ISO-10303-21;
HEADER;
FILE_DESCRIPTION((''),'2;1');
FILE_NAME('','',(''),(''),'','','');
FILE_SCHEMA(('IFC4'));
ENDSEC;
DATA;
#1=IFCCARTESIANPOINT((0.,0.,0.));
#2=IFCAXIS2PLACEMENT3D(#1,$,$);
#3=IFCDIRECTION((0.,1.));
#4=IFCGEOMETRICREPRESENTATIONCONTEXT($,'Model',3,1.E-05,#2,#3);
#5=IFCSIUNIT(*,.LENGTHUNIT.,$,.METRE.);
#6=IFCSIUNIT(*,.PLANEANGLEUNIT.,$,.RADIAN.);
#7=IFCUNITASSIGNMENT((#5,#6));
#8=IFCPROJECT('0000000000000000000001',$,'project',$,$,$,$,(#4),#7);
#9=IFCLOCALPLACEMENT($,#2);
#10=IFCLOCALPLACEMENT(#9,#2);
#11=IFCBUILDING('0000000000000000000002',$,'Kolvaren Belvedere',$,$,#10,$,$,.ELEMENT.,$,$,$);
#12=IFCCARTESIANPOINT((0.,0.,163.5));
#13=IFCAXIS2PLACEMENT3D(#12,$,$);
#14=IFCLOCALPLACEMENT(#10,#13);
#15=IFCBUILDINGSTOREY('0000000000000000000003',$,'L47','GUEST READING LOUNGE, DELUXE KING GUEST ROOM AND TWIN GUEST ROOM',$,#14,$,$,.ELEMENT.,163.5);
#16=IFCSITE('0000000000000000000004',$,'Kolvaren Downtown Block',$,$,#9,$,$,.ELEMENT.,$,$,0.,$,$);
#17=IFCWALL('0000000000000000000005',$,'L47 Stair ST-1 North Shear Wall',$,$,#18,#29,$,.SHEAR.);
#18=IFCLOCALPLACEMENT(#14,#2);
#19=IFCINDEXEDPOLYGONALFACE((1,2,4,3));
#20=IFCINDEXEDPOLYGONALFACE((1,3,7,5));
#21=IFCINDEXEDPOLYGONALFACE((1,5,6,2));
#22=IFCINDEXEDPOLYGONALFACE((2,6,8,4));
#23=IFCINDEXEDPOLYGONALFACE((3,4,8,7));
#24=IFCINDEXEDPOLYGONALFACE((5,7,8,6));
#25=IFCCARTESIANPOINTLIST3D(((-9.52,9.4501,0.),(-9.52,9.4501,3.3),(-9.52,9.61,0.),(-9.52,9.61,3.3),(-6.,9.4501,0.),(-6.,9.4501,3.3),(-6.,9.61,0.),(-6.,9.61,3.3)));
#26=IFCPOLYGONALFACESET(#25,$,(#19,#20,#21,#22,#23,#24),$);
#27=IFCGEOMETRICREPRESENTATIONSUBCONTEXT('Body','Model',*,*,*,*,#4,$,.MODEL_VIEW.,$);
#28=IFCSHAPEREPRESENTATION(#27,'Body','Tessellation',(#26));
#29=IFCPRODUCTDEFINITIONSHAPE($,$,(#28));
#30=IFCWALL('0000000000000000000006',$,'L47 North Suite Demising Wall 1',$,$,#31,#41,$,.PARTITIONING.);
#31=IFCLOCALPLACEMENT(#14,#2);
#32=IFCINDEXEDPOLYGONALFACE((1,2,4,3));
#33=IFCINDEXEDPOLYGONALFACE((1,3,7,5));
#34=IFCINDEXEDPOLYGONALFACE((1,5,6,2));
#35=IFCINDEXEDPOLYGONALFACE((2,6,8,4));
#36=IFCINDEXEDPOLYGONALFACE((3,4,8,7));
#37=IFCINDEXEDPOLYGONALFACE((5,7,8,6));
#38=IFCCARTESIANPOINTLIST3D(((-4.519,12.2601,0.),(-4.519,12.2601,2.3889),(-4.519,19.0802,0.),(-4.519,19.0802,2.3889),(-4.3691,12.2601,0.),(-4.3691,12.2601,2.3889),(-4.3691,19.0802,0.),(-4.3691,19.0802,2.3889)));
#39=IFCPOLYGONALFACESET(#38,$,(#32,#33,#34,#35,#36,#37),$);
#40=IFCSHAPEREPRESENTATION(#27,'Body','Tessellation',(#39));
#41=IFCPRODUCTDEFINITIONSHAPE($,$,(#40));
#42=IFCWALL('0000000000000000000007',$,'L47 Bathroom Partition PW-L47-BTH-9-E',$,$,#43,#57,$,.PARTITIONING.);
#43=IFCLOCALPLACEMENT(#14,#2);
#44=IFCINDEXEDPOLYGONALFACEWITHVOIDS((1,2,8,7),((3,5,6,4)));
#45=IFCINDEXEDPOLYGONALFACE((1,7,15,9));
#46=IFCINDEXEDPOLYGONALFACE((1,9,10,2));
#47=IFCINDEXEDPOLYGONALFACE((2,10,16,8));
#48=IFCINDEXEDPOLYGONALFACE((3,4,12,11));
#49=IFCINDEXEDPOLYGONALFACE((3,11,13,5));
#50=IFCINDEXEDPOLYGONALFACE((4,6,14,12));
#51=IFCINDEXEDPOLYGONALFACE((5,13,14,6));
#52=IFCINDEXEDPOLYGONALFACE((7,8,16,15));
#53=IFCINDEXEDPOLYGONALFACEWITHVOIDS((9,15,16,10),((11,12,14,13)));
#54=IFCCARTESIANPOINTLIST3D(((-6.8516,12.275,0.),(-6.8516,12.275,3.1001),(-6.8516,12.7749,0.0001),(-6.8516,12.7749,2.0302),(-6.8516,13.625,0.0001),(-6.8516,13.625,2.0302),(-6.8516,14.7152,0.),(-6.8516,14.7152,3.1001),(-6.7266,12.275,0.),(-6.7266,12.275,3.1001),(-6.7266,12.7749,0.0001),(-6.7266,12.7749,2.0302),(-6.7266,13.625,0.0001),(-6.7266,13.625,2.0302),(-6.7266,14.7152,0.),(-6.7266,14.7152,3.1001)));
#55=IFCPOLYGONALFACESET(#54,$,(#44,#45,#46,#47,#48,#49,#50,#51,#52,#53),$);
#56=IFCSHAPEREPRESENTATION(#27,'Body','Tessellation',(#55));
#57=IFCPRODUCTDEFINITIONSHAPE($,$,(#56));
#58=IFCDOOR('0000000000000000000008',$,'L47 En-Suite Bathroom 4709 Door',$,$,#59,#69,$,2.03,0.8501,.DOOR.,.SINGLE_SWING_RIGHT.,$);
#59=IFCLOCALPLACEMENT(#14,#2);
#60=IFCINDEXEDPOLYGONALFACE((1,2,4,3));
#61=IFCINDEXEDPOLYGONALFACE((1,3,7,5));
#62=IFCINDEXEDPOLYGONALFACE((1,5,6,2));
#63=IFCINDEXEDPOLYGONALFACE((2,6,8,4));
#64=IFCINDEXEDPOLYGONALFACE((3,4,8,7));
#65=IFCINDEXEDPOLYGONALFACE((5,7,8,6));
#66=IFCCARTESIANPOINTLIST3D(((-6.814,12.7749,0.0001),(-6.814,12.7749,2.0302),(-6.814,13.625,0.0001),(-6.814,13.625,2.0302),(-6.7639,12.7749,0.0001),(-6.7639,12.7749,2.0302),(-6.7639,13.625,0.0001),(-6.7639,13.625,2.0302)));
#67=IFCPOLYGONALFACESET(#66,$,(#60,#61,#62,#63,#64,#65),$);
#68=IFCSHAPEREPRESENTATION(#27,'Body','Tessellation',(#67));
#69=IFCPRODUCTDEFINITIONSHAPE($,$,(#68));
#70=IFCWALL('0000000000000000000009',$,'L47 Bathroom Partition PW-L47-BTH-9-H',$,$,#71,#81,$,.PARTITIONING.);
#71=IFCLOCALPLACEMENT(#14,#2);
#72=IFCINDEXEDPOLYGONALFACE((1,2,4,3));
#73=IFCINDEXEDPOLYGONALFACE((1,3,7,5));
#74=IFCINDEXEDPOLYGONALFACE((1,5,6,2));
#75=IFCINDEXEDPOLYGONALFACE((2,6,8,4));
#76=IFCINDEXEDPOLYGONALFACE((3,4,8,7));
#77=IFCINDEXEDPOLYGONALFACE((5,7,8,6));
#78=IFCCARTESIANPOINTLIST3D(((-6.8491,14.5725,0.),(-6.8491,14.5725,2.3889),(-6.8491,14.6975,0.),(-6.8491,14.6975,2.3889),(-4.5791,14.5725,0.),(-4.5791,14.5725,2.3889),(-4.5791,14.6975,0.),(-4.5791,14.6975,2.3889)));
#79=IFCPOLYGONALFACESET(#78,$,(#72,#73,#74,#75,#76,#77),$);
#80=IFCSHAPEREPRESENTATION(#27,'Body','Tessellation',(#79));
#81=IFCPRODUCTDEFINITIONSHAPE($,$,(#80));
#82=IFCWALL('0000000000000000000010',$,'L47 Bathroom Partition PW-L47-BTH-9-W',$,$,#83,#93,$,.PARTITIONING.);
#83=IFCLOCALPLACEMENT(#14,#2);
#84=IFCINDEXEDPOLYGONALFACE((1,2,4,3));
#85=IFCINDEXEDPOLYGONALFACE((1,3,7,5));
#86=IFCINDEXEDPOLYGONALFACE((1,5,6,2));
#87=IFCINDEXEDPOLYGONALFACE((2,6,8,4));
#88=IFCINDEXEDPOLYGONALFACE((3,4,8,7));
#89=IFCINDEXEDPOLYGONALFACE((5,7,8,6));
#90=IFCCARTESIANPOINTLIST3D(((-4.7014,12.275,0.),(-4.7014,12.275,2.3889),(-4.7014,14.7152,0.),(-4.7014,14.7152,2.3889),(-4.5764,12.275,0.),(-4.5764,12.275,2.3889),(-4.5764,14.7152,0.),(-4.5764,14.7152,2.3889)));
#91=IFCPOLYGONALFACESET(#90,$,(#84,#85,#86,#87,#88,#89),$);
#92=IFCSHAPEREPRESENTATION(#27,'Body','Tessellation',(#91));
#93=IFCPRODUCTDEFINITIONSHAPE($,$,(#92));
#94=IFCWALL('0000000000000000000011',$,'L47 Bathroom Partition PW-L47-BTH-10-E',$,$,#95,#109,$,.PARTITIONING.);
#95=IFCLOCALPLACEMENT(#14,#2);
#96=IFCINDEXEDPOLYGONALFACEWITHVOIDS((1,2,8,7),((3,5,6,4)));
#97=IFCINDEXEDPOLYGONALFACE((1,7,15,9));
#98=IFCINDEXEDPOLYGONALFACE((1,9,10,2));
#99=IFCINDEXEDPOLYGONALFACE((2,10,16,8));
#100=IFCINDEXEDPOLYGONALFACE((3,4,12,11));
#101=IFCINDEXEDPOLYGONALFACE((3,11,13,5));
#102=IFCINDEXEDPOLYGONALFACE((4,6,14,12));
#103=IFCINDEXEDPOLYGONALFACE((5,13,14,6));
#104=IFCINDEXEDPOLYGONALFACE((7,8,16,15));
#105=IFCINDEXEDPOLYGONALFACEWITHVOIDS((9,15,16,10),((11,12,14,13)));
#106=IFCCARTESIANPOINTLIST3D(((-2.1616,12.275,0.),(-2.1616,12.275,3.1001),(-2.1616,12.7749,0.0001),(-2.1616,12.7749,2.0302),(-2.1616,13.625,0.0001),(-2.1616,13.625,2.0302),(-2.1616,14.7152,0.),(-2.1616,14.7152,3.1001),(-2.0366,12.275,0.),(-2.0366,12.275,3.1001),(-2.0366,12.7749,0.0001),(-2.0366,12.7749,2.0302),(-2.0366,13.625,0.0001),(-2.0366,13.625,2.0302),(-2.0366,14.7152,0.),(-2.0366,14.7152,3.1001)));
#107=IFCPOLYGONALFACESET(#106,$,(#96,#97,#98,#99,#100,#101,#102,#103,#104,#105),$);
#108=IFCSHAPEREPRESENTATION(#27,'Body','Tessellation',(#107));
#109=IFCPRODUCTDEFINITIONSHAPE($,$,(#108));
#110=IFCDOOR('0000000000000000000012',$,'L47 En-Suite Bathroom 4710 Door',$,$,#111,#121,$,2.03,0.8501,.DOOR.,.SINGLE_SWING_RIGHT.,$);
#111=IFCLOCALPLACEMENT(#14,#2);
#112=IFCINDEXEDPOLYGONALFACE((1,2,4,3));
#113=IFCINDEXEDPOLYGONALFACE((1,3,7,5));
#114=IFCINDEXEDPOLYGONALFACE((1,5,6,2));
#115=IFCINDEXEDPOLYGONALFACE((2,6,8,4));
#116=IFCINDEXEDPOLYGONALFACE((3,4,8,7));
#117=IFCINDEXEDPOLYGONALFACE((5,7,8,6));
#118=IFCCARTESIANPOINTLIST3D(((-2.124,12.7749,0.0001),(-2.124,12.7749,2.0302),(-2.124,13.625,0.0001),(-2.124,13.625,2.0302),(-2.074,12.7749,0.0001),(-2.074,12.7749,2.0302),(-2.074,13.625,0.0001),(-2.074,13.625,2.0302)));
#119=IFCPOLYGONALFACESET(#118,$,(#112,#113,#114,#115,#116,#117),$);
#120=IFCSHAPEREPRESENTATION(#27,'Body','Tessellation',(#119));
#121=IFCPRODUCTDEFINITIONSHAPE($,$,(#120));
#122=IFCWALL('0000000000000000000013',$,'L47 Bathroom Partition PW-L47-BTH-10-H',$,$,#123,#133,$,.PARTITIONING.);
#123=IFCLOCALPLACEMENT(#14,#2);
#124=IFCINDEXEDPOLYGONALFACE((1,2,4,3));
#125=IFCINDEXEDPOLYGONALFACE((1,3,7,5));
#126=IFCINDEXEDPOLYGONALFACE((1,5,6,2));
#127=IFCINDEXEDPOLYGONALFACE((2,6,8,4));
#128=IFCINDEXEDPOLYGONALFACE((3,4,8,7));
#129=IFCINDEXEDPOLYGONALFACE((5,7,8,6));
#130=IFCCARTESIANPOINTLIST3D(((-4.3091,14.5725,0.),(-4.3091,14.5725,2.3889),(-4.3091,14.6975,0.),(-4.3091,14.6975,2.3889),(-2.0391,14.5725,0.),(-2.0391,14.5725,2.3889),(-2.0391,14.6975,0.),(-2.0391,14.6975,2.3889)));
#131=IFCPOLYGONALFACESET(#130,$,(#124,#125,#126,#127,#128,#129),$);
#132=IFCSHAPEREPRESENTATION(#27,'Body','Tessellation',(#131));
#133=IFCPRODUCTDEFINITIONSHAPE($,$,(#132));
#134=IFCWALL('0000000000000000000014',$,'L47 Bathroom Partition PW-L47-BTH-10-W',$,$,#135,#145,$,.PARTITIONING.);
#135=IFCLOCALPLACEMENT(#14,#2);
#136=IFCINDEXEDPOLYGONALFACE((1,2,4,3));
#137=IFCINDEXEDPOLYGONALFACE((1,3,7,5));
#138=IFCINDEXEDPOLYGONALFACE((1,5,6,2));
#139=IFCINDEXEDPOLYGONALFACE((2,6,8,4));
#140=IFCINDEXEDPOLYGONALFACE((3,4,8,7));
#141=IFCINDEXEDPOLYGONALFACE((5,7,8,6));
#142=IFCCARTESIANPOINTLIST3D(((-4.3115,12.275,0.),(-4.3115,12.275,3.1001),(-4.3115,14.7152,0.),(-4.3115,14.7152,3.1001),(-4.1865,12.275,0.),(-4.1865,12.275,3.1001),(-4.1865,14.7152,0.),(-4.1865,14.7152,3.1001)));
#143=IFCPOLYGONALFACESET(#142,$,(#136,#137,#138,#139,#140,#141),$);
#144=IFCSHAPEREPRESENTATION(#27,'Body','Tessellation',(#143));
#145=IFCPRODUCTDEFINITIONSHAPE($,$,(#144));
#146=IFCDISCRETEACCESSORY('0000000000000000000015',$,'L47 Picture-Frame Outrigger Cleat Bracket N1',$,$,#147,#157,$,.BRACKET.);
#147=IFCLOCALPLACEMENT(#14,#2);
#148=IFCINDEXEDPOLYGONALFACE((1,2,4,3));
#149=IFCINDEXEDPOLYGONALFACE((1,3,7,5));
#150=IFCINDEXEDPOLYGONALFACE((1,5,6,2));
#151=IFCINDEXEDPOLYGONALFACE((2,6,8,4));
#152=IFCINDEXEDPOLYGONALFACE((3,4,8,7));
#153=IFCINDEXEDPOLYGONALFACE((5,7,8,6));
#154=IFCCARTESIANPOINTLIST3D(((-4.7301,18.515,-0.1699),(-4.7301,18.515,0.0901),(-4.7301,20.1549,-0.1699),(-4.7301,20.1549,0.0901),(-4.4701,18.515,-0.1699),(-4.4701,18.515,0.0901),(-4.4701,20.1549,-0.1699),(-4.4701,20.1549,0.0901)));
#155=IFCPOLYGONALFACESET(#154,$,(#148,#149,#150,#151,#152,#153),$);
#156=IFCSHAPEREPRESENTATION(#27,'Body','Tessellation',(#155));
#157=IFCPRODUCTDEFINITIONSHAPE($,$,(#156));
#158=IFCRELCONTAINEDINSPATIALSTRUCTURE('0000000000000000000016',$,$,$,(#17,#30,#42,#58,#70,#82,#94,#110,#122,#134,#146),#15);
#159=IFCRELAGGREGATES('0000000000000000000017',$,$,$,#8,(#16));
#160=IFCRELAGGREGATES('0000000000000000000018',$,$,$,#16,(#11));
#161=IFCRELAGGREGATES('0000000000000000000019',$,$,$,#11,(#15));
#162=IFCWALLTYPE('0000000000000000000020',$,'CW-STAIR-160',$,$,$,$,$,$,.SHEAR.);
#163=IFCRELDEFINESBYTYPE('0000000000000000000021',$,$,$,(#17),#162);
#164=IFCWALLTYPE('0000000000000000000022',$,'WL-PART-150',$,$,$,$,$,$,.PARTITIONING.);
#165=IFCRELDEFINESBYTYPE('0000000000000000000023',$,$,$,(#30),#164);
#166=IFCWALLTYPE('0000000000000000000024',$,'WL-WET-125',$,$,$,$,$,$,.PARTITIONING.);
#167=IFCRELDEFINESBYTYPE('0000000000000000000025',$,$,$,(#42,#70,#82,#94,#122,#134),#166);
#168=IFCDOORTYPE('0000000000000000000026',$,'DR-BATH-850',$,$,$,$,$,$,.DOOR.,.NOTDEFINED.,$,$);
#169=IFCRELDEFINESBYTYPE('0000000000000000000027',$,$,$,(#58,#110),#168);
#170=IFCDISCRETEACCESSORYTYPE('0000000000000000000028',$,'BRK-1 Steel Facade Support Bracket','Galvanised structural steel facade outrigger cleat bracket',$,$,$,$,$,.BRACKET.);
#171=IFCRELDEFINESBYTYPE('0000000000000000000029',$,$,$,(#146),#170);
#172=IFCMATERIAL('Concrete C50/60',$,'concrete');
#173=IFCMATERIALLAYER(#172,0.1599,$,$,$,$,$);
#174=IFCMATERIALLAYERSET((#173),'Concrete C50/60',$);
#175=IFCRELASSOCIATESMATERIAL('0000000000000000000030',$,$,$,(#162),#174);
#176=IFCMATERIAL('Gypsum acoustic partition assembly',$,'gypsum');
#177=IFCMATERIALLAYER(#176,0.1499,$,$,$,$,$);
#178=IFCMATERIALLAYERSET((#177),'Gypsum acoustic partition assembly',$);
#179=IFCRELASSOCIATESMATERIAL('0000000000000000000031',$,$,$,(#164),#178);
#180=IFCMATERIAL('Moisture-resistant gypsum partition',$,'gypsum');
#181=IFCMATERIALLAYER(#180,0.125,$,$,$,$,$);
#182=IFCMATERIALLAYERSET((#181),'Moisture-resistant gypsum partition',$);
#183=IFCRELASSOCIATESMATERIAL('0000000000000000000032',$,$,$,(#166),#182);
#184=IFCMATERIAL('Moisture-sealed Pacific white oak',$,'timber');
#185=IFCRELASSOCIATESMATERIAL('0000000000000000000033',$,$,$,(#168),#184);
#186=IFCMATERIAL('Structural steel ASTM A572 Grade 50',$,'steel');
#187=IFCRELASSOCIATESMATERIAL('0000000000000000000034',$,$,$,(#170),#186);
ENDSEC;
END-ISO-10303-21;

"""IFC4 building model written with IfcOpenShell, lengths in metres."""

from ifc_helpers import new_model, si_unit, direction, frame, frame_2d, origin, origin_2d, place, context, subcontext, project, spatial, rectangle, extrude, material, layer, layer_set, type_object, element, fill, save


model = new_model("IFC4")

# Units and contexts
model_context = context("Model", 3, precision=1e-05, world=origin(), true_north=direction((0.0, 1.0)))
body_context = subcontext(model_context, "Body", "Model", "MODEL_VIEW")
ifc_project = project(units=[si_unit("LENGTHUNIT", "METRE"), si_unit("PLANEANGLEUNIT", "RADIAN")], contexts=[model_context])

# Site, building, storey
site_placement = place(None, origin())
site = spatial("IfcSite", under=ifc_project, at=site_placement, Name="Kolvaren Downtown Block", CompositionType="ELEMENT", RefElevation=0.0)
building_placement = place(site_placement, origin())
building = spatial("IfcBuilding", under=site, at=building_placement, Name="Kolvaren Belvedere", CompositionType="ELEMENT")
storey_placement = place(building_placement, frame((0.0, 0.0, 163.5)))
storey = spatial("IfcBuildingStorey", under=building, at=storey_placement, Name="L47", Description="GUEST READING LOUNGE, DELUXE KING GUEST ROOM AND TWIN GUEST ROOM", CompositionType="ELEMENT", Elevation=163.5)

# Walls
ifc_material_1 = material(Name="Concrete C50/60", Category="concrete")
ifc_layer_1 = layer(ifc_material_1, 0.1599)
ifc_layer_set_1 = layer_set([ifc_layer_1], Name="Concrete C50/60")
wall_type_1 = type_object("IfcWallType", Name="CW-STAIR-160", PredefinedType="SHEAR", material=ifc_layer_set_1)
wall_1_placement = place(storey_placement, frame((-9.52, 9.53, 0.0), z_axis=(0.0, 0.0, 1.0), x_axis=(1.0, 0.0, 0.0)))
element("IfcWall", 1, at=wall_1_placement, inside=storey, type_object=wall_type_1, Name="L47 Stair ST-1 North Shear Wall", PredefinedType="SHEAR", context=body_context, shape_type="SweptSolid", body=[
    extrude(rectangle(XDim=3.52, YDim=0.1599, at=frame_2d((1.76, 0.0))), origin(), (0.0, 0.0, 1.0), 3.3),
])
ifc_material_2 = material(Name="Gypsum acoustic partition assembly", Category="gypsum")
ifc_layer_2 = layer(ifc_material_2, 0.1499)
ifc_layer_set_2 = layer_set([ifc_layer_2], Name="Gypsum acoustic partition assembly")
wall_type_2 = type_object("IfcWallType", Name="WL-PART-150", PredefinedType="PARTITIONING", material=ifc_layer_set_2)
wall_2_placement = place(storey_placement, frame((-4.4441, 12.26, 0.0), z_axis=(0.0, 0.0, 1.0), x_axis=(0.0, 1.0, 0.0)))
element("IfcWall", 2, at=wall_2_placement, inside=storey, type_object=wall_type_2, Name="L47 North Suite Demising Wall 1", PredefinedType="PARTITIONING", context=body_context, shape_type="SweptSolid", body=[
    extrude(rectangle(XDim=6.8201, YDim=0.1499, at=frame_2d((3.4102, 0.0))), origin(), (0.0, 0.0, 1.0), 2.3889),
])

# Wall, opening, door
ifc_material_3 = material(Name="Moisture-resistant gypsum partition", Category="gypsum")
ifc_layer_3 = layer(ifc_material_3, 0.125)
ifc_layer_set_3 = layer_set([ifc_layer_3], Name="Moisture-resistant gypsum partition")
wall_type_3 = type_object("IfcWallType", Name="WL-WET-125", PredefinedType="PARTITIONING", material=ifc_layer_set_3)
wall_3_placement = place(storey_placement, frame((-6.7891, 12.2749, 0.0), z_axis=(0.0, 0.0, 1.0), x_axis=(0.0, 1.0, 0.0)))
wall_3 = element("IfcWall", 3, at=wall_3_placement, inside=storey, type_object=wall_type_3, Name="L47 Bathroom Partition PW-L47-BTH-9-E", PredefinedType="PARTITIONING", context=body_context, shape_type="SweptSolid", body=[
    extrude(rectangle(XDim=2.4402, YDim=0.125, at=frame_2d((1.2202, 0.0))), origin(), (0.0, 0.0, 1.0), 3.1001),
])
opening_1_placement = place(wall_3_placement, frame((0.5, 0.0, 0.0)))
opening_1 = element("IfcOpeningElement", 4, at=opening_1_placement, cuts=wall_3, PredefinedType="OPENING", context=body_context, shape_type="SweptSolid", body=[
    extrude(rectangle(XDim=0.8501, YDim=2.03, at=frame_2d((0.425, 1.0151))), frame((0.0, 0.0725, 0.0), z_axis=(0.0, -1.0, 0.0), x_axis=(1.0, 0.0, 0.0)), (0.0, 0.0, 1.0), 0.145),
])
ifc_material_4 = material(Name="Moisture-sealed Pacific white oak", Category="timber")
door_type = type_object("IfcDoorType", Name="DR-BATH-850", OperationType="NOTDEFINED", PredefinedType="DOOR", material=ifc_material_4)
door_1_placement = place(opening_1_placement, origin())
door_1 = element("IfcDoor", 5, at=door_1_placement, inside=storey, type_object=door_type, Name="L47 En-Suite Bathroom 4709 Door", OperationType="SINGLE_SWING_RIGHT", OverallHeight=2.03, OverallWidth=0.8501, PredefinedType="DOOR", context=body_context, shape_type="SweptSolid", body=[
    extrude(rectangle(XDim=0.8501, YDim=2.03, at=frame_2d((0.425, 1.0151))), frame((0.0, 0.0249, 0.0), z_axis=(0.0, -1.0, 0.0), x_axis=(1.0, 0.0, 0.0)), (0.0, 0.0, 1.0), 0.05),
])
fill(opening_1, door_1)

# Walls
wall_4_placement = place(storey_placement, frame((-6.8491, 14.635, 0.0), z_axis=(0.0, 0.0, 1.0), x_axis=(1.0, 0.0, 0.0)))
element("IfcWall", 6, at=wall_4_placement, inside=storey, type_object=wall_type_3, Name="L47 Bathroom Partition PW-L47-BTH-9-H", PredefinedType="PARTITIONING", context=body_context, shape_type="SweptSolid", body=[
    extrude(rectangle(XDim=2.27, YDim=0.125, at=frame_2d((1.135, 0.0))), origin(), (0.0, 0.0, 1.0), 2.3889),
])
wall_5_placement = place(storey_placement, frame((-4.6389, 12.2749, 0.0), z_axis=(0.0, 0.0, 1.0), x_axis=(0.0, 1.0, 0.0)))
element("IfcWall", 7, at=wall_5_placement, inside=storey, type_object=wall_type_3, Name="L47 Bathroom Partition PW-L47-BTH-9-W", PredefinedType="PARTITIONING", context=body_context, shape_type="SweptSolid", body=[
    extrude(rectangle(XDim=2.4402, YDim=0.125, at=frame_2d((1.2202, 0.0))), origin(), (0.0, 0.0, 1.0), 2.3889),
])

# Wall, opening, door
wall_6_placement = place(storey_placement, frame((-2.0991, 12.2749, 0.0), z_axis=(0.0, 0.0, 1.0), x_axis=(0.0, 1.0, 0.0)))
wall_6 = element("IfcWall", 8, at=wall_6_placement, inside=storey, type_object=wall_type_3, Name="L47 Bathroom Partition PW-L47-BTH-10-E", PredefinedType="PARTITIONING", context=body_context, shape_type="SweptSolid", body=[
    extrude(rectangle(XDim=2.4402, YDim=0.125, at=frame_2d((1.2202, 0.0))), origin(), (0.0, 0.0, 1.0), 3.1001),
])
opening_2_placement = place(wall_6_placement, frame((0.5, 0.0, 0.0)))
opening_2 = element("IfcOpeningElement", 9, at=opening_2_placement, cuts=wall_6, PredefinedType="OPENING", context=body_context, shape_type="SweptSolid", body=[
    extrude(rectangle(XDim=0.8501, YDim=2.03, at=frame_2d((0.425, 1.0151))), frame((0.0, 0.0725, 0.0), z_axis=(0.0, -1.0, 0.0), x_axis=(1.0, 0.0, 0.0)), (0.0, 0.0, 1.0), 0.145),
])
door_2_placement = place(opening_2_placement, origin())
door_2 = element("IfcDoor", 10, at=door_2_placement, inside=storey, type_object=door_type, Name="L47 En-Suite Bathroom 4710 Door", OperationType="SINGLE_SWING_RIGHT", OverallHeight=2.03, OverallWidth=0.8501, PredefinedType="DOOR", context=body_context, shape_type="SweptSolid", body=[
    extrude(rectangle(XDim=0.8501, YDim=2.03, at=frame_2d((0.425, 1.0151))), frame((0.0, 0.0249, 0.0), z_axis=(0.0, -1.0, 0.0), x_axis=(1.0, 0.0, 0.0)), (0.0, 0.0, 1.0), 0.05),
])
fill(opening_2, door_2)

# Walls
wall_7_placement = place(storey_placement, frame((-4.3091, 14.635, 0.0), z_axis=(0.0, 0.0, 1.0), x_axis=(1.0, 0.0, 0.0)))
element("IfcWall", 11, at=wall_7_placement, inside=storey, type_object=wall_type_3, Name="L47 Bathroom Partition PW-L47-BTH-10-H", PredefinedType="PARTITIONING", context=body_context, shape_type="SweptSolid", body=[
    extrude(rectangle(XDim=2.27, YDim=0.125, at=frame_2d((1.135, 0.0))), origin(), (0.0, 0.0, 1.0), 2.3889),
])
wall_8_placement = place(storey_placement, frame((-4.249, 12.2749, 0.0), z_axis=(0.0, 0.0, 1.0), x_axis=(0.0, 1.0, 0.0)))
element("IfcWall", 12, at=wall_8_placement, inside=storey, type_object=wall_type_3, Name="L47 Bathroom Partition PW-L47-BTH-10-W", PredefinedType="PARTITIONING", context=body_context, shape_type="SweptSolid", body=[
    extrude(rectangle(XDim=2.4402, YDim=0.125, at=frame_2d((1.2202, 0.0))), origin(), (0.0, 0.0, 1.0), 3.1001),
])

# Discrete accessory
ifc_material_5 = material(Name="Structural steel ASTM A572 Grade 50", Category="steel")
discrete_accessory_type = type_object("IfcDiscreteAccessoryType", Name="BRK-1 Steel Facade Support Bracket", Description="Galvanised structural steel facade outrigger cleat bracket", PredefinedType="BRACKET", material=ifc_material_5)
discrete_accessory_placement = place(storey_placement, frame((-4.6001, 19.335, -0.1699), z_axis=(0.0, 0.0, 1.0), x_axis=(0.0, 1.0, 0.0)))
element("IfcDiscreteAccessory", 13, at=discrete_accessory_placement, inside=storey, type_object=discrete_accessory_type, Name="L47 Picture-Frame Outrigger Cleat Bracket N1", PredefinedType="BRACKET", context=body_context, shape_type="SweptSolid", body=[
    extrude(rectangle(XDim=1.6399, YDim=0.26, at=origin_2d()), origin(), (0.0, 0.0, 1.0), 0.26),
])

save(model, "model.ifc")
